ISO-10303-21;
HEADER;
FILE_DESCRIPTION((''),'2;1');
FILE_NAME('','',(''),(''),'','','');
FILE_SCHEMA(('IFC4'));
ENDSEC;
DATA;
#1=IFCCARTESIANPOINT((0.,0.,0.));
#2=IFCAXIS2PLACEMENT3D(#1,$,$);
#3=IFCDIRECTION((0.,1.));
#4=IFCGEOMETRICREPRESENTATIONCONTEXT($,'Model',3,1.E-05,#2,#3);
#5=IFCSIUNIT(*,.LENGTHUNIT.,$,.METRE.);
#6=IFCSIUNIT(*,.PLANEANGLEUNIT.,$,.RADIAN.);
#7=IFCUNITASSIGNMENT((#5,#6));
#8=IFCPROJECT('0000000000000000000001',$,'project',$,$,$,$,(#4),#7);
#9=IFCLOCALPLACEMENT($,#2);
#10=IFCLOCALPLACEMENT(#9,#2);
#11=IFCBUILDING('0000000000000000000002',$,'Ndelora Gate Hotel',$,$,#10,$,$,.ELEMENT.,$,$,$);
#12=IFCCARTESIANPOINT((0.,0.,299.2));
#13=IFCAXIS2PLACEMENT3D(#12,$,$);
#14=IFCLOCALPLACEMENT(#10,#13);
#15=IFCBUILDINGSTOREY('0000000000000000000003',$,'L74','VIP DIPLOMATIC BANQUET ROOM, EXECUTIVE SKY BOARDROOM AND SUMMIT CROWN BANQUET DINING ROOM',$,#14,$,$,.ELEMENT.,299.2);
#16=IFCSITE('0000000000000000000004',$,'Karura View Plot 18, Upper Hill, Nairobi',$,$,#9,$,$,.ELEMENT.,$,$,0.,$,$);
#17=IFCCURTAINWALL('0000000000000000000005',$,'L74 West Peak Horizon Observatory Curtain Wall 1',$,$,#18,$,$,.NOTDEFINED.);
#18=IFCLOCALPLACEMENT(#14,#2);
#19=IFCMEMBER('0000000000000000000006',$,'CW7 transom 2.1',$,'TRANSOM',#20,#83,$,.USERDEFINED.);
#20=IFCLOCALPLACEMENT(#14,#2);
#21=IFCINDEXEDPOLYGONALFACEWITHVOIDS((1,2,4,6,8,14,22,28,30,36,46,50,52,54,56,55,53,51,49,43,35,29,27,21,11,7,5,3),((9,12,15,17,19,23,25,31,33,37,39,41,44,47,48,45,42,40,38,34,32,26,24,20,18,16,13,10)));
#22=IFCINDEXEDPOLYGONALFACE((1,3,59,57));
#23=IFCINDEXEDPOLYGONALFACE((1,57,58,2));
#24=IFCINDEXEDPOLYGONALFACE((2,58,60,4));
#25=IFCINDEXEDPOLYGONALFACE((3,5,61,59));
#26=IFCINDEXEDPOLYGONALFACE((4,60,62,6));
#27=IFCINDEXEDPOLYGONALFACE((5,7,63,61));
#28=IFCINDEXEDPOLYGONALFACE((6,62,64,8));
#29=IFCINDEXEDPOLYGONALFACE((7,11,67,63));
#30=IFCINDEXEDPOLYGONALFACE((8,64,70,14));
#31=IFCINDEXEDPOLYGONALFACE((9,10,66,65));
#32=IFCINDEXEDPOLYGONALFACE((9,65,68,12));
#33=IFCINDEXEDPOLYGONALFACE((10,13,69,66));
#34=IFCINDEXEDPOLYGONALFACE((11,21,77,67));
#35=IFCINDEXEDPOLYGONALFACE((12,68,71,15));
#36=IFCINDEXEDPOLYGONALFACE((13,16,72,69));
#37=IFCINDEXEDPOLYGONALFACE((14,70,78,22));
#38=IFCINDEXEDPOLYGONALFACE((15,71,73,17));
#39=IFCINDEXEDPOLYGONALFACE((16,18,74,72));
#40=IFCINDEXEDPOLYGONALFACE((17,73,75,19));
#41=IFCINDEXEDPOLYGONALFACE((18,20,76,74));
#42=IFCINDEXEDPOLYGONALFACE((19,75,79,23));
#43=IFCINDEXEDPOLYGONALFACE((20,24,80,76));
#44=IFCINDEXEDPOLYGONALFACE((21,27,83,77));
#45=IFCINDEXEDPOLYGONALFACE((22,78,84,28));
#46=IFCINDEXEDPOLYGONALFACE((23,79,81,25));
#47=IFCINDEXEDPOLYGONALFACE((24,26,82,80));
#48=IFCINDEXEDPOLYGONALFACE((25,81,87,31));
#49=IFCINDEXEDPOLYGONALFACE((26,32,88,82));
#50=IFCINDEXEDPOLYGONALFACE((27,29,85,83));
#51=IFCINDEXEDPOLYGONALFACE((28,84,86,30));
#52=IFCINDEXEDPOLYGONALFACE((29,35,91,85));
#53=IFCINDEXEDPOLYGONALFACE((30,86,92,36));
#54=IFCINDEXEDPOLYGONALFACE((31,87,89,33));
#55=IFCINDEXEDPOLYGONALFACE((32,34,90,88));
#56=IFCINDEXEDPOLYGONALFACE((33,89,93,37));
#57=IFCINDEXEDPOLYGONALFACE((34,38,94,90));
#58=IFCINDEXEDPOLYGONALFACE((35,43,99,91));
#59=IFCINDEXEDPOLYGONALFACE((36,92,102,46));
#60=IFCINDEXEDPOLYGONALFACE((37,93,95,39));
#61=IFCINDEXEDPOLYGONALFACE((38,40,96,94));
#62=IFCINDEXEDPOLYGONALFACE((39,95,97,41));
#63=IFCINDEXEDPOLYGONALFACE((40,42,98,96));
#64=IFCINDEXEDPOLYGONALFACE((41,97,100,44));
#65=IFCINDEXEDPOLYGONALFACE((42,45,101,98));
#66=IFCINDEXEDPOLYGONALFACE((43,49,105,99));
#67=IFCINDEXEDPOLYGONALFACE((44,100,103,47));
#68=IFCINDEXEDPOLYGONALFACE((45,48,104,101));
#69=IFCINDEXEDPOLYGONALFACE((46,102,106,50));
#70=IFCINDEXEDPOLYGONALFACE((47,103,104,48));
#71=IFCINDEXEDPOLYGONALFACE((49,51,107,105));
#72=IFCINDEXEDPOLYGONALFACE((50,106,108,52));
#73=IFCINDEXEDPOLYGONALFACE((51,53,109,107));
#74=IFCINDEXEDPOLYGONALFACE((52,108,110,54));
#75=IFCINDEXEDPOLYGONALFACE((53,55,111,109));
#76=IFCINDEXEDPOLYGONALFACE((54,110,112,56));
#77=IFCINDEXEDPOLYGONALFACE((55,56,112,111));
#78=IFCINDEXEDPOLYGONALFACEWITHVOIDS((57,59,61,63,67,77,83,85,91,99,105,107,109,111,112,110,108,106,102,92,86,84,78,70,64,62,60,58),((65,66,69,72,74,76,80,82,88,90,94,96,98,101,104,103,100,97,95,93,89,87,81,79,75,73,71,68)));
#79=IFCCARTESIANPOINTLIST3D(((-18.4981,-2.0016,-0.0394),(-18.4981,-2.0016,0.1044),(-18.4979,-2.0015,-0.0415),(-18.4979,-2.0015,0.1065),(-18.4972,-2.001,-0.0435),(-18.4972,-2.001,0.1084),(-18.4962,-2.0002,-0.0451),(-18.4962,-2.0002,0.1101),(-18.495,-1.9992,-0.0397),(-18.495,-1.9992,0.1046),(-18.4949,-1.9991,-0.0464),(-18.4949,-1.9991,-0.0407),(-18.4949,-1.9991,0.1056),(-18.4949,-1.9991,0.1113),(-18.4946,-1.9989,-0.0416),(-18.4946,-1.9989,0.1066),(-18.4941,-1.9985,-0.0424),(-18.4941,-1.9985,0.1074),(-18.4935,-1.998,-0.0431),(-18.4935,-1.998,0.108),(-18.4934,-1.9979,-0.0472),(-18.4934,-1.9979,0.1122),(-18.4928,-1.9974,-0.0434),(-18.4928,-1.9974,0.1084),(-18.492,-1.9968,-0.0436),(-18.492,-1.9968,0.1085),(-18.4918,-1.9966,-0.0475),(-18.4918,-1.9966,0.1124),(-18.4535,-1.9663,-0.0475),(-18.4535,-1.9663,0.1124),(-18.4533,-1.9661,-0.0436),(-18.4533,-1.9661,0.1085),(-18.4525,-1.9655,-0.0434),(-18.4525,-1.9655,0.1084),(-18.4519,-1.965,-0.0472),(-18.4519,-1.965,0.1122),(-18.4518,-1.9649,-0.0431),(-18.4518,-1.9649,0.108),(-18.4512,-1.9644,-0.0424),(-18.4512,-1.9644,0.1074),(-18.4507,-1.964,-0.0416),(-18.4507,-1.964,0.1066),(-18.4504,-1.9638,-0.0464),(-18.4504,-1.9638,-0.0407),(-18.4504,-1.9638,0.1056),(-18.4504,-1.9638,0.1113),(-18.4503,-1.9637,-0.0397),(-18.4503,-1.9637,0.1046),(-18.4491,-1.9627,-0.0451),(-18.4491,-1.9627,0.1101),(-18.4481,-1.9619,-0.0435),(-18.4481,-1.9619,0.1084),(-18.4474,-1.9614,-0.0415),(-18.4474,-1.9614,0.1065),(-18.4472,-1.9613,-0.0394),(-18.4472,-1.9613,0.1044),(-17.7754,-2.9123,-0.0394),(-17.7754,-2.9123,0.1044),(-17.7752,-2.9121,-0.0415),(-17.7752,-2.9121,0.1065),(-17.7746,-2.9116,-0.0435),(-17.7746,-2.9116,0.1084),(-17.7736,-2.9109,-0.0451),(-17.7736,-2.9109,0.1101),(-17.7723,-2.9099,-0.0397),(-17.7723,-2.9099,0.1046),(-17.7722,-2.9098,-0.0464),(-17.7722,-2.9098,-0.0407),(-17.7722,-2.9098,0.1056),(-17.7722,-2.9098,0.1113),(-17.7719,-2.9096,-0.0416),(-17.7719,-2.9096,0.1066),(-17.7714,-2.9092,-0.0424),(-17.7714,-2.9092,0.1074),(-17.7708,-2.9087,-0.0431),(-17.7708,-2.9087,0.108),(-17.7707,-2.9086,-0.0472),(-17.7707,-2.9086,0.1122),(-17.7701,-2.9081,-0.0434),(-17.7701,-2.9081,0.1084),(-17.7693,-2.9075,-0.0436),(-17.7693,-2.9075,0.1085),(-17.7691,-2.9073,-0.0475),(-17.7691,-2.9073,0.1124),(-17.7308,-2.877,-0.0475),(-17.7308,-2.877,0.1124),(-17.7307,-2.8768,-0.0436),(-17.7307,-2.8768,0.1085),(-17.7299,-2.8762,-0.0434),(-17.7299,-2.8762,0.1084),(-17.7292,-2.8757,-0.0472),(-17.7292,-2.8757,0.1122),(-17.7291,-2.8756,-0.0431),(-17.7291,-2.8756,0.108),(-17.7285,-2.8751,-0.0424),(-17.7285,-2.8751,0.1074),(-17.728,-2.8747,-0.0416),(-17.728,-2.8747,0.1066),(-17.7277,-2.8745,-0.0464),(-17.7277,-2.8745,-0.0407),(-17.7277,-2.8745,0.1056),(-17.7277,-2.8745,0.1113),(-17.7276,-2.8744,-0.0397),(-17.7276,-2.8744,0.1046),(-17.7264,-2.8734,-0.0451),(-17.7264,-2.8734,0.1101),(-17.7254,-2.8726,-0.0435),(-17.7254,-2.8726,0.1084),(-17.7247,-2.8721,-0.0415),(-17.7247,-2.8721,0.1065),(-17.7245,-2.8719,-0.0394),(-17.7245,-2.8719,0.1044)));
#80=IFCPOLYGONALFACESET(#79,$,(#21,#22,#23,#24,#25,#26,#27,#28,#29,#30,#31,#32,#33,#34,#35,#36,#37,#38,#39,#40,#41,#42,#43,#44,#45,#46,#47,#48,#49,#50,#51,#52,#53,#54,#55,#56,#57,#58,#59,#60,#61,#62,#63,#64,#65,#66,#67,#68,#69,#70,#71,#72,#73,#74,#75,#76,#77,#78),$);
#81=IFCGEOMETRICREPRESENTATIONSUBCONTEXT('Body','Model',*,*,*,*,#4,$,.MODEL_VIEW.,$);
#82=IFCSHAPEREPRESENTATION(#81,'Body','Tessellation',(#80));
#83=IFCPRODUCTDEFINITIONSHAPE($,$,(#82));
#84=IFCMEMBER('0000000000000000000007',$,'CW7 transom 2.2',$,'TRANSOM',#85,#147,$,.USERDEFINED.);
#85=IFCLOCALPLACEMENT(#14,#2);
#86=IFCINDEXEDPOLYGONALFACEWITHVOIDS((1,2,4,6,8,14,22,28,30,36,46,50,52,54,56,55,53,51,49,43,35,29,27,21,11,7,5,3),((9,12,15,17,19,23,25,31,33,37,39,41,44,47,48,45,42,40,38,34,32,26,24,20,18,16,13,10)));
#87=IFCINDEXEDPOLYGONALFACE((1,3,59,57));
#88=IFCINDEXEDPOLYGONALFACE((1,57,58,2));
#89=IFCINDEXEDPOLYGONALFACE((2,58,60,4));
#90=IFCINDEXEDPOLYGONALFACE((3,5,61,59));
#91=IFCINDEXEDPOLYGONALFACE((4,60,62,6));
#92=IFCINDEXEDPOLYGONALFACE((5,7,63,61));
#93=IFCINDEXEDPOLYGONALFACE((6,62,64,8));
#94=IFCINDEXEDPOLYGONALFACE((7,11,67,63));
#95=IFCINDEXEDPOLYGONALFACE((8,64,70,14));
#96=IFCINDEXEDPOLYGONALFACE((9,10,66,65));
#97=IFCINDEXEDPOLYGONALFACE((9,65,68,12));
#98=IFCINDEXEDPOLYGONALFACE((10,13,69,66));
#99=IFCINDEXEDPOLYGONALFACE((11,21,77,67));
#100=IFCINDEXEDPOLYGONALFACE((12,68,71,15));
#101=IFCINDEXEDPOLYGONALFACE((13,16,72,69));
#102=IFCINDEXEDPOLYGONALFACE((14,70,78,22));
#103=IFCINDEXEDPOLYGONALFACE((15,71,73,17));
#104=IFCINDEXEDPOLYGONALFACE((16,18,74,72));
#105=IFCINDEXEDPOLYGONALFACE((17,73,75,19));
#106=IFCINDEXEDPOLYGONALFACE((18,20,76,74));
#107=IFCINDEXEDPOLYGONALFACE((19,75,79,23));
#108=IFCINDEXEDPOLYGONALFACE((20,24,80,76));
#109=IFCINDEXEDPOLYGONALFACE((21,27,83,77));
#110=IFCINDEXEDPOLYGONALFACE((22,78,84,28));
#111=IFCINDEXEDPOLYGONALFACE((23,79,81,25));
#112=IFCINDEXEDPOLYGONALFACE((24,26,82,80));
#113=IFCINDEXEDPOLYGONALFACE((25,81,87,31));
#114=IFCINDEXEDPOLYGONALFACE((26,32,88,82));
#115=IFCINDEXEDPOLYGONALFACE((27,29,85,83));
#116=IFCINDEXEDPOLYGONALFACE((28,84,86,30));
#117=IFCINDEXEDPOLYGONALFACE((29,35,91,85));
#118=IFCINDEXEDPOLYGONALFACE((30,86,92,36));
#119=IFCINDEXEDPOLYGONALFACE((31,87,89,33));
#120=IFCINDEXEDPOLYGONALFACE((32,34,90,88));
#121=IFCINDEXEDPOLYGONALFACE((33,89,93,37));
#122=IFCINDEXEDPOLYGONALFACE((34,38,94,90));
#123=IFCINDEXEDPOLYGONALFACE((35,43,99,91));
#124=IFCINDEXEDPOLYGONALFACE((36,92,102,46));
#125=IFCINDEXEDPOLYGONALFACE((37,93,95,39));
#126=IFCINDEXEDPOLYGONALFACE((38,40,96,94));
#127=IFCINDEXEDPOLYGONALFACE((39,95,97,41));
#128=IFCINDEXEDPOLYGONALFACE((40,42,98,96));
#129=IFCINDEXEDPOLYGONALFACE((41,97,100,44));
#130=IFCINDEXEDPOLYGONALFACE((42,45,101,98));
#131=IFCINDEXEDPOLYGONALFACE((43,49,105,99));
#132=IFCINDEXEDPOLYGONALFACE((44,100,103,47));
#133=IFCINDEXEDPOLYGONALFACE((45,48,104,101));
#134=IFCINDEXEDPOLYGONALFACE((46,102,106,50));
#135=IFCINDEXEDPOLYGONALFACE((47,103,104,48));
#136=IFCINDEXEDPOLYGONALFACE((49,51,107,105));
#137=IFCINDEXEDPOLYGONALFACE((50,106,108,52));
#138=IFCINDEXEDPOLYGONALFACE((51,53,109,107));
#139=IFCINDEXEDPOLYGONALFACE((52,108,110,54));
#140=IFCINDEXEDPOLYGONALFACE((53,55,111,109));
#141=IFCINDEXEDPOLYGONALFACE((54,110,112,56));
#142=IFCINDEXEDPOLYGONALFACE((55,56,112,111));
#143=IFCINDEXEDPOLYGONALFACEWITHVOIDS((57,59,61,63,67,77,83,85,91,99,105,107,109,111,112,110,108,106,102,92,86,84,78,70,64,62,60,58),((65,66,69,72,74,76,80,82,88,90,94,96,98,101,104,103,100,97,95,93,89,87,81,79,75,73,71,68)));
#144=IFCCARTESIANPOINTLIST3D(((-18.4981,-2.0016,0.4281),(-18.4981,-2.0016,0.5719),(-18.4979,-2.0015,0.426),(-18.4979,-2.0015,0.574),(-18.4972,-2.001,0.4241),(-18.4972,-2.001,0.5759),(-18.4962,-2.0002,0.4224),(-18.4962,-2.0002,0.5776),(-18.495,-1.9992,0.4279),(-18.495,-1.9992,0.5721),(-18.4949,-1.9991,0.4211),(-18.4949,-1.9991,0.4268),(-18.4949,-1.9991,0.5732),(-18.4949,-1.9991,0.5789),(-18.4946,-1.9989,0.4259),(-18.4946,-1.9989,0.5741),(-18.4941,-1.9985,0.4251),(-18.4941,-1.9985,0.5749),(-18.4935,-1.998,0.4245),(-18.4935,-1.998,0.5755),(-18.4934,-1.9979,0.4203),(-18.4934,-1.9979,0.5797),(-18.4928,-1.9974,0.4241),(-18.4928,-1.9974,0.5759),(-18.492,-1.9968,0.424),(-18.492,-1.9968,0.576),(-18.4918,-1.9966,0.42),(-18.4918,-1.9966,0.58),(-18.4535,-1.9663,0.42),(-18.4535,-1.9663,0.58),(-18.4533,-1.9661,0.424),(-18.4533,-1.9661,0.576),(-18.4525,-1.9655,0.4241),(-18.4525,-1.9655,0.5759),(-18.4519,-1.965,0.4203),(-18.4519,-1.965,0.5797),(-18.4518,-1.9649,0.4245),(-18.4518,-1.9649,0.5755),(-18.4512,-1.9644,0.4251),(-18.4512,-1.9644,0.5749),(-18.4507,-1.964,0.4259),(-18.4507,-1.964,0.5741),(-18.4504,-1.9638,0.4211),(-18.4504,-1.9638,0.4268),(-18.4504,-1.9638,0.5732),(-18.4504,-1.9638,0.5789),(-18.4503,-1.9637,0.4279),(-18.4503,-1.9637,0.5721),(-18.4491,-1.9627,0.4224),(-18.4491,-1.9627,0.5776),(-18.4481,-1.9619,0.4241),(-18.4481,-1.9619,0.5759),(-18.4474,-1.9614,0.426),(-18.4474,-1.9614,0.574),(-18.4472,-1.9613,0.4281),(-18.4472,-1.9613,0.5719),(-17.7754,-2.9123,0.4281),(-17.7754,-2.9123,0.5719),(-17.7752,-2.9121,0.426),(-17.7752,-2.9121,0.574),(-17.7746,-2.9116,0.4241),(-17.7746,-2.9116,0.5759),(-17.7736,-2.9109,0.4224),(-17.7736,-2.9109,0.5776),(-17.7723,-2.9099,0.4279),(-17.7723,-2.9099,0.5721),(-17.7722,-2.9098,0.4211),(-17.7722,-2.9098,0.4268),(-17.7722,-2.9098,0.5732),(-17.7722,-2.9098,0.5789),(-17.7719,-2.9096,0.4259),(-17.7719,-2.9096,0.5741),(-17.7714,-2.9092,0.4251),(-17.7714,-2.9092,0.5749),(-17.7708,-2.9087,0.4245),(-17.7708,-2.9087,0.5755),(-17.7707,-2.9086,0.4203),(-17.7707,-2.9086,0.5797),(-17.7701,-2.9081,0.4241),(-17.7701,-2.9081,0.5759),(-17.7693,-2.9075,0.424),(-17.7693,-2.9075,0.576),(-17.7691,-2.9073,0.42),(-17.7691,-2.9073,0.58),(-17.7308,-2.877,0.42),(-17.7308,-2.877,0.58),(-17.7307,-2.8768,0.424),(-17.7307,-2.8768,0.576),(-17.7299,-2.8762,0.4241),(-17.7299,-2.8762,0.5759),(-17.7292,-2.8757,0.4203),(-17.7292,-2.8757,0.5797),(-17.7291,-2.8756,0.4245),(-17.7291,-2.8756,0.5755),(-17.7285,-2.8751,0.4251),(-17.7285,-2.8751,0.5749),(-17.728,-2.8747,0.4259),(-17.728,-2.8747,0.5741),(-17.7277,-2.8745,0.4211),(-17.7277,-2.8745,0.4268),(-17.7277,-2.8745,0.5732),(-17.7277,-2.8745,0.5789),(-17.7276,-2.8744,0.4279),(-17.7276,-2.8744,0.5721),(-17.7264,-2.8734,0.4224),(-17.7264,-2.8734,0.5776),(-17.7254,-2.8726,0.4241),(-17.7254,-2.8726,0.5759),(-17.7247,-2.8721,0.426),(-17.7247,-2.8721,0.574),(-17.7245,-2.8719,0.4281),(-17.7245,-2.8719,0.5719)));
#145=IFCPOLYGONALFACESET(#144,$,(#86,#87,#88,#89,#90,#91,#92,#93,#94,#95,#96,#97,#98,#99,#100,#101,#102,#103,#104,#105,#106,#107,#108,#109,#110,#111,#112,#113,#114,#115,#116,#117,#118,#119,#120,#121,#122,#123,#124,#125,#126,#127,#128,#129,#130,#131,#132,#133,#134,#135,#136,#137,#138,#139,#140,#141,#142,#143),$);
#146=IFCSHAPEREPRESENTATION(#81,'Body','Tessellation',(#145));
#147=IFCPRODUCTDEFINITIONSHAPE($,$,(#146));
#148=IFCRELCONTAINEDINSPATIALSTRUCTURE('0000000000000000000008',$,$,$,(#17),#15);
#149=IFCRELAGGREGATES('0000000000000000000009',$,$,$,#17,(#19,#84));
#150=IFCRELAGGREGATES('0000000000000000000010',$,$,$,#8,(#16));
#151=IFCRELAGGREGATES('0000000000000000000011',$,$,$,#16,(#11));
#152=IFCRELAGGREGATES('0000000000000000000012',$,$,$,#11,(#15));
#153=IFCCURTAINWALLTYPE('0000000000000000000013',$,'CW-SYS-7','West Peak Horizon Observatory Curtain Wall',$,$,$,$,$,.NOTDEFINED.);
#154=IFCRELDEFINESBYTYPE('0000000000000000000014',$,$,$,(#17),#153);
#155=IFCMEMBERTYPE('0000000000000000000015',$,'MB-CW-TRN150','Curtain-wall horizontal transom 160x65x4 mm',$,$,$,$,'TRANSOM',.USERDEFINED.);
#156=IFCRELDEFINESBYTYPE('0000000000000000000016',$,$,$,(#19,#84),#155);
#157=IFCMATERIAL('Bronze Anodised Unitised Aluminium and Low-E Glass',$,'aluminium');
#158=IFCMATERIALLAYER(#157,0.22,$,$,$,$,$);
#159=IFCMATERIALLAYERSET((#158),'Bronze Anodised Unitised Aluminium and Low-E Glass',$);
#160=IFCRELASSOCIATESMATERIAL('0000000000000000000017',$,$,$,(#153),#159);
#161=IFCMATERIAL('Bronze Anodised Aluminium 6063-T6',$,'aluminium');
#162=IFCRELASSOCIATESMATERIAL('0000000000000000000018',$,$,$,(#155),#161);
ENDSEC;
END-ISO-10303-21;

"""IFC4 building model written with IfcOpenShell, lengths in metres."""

from ifc_helpers import new_model, si_unit, direction, frame, origin, origin_2d, place, context, subcontext, project, spatial, hollow_rectangle, extrude, material, layer, layer_set, material_profile, profile_set, type_object, element, aggregate, save


model = new_model("IFC4")

# Units and contexts
model_context = context("Model", 3, precision=1e-05, world=origin(), true_north=direction((0.0, 1.0)))
body_context = subcontext(model_context, "Body", "Model", "MODEL_VIEW")
ifc_project = project(units=[si_unit("LENGTHUNIT", "METRE"), si_unit("PLANEANGLEUNIT", "RADIAN")], contexts=[model_context])

# Site, building, storey
site_placement = place(None, origin())
site = spatial("IfcSite", under=ifc_project, at=site_placement, Name="Karura View Plot 18, Upper Hill, Nairobi", CompositionType="ELEMENT", RefElevation=0.0)
building_placement = place(site_placement, origin())
building = spatial("IfcBuilding", under=site, at=building_placement, Name="Ndelora Gate Hotel", CompositionType="ELEMENT")
storey_placement = place(building_placement, frame((0.0, 0.0, 299.2)))
storey = spatial("IfcBuildingStorey", under=building, at=storey_placement, Name="L74", Description="VIP DIPLOMATIC BANQUET ROOM, EXECUTIVE SKY BOARDROOM AND SUMMIT CROWN BANQUET DINING ROOM", CompositionType="ELEMENT", Elevation=299.2)

# Curtain wall
ifc_material_1 = material(Name="Bronze Anodised Unitised Aluminium and Low-E Glass", Category="aluminium")
ifc_layer_1 = layer(ifc_material_1, 0.22)
ifc_layer_set_1 = layer_set([ifc_layer_1], Name="Bronze Anodised Unitised Aluminium and Low-E Glass")
curtain_wall_type = type_object("IfcCurtainWallType", Name="CW-SYS-7", Description="West Peak Horizon Observatory Curtain Wall", PredefinedType="NOTDEFINED", material=ifc_layer_set_1)
curtain_wall_1_placement = place(storey_placement, origin())
curtain_wall_1 = element("IfcCurtainWall", 1, at=curtain_wall_1_placement, inside=storey, type_object=curtain_wall_type, Name="L74 West Peak Horizon Observatory Curtain Wall 1", PredefinedType="NOTDEFINED")
ifc_material_2 = material(Name="Bronze Anodised Aluminium 6063-T6", Category="aluminium")

# Members
ifc_material_profile_1 = material_profile(ifc_material_2, hollow_rectangle(XDim=0.0649, YDim=0.1599, WallThickness=0.0039, InnerFilletRadius=0.0039, OuterFilletRadius=0.0081, at=origin_2d()), Name="ALU 160x65x4")
ifc_profile_set_1 = profile_set([ifc_material_profile_1], Name="Bronze Anodised Aluminium 6063-T6")
member_type_1 = type_object("IfcMemberType", Name="MB-CW-TRN150", Description="Curtain-wall horizontal transom 160x65x4 mm", ElementType="TRANSOM", PredefinedType="USERDEFINED", material=ifc_profile_set_1)
member_1_placement = place(storey_placement, frame((-18.4727, -1.9814, 0.0325), z_axis=(0.621617, -0.783321, 0.0), x_axis=(0.783321, 0.621617, 0.0)))
member_1 = element("IfcMember", 2, at=member_1_placement, type_object=member_type_1, Name="CW7 transom 2.1", ObjectType="TRANSOM", PredefinedType="USERDEFINED", context=body_context, shape_type="SweptSolid", body=[
    extrude(hollow_rectangle(XDim=0.0649, YDim=0.1599, WallThickness=0.0039, InnerFilletRadius=0.0039, OuterFilletRadius=0.0081, at=origin_2d()), origin(), (0.0, 0.0, 1.0), 1.1626),
])
member_2_placement = place(storey_placement, frame((-18.4727, -1.9814, 0.5), z_axis=(0.621617, -0.783321, 0.0), x_axis=(0.783321, 0.621617, 0.0)))
member_2 = element("IfcMember", 3, at=member_2_placement, type_object=member_type_1, Name="CW7 transom 2.2", ObjectType="TRANSOM", PredefinedType="USERDEFINED", context=body_context, shape_type="SweptSolid", body=[
    extrude(hollow_rectangle(XDim=0.0649, YDim=0.1599, WallThickness=0.0039, InnerFilletRadius=0.0039, OuterFilletRadius=0.0081, at=origin_2d()), origin(), (0.0, 0.0, 1.0), 1.1626),
])

aggregate(curtain_wall_1, [member_1, member_2])

save(model, "model.ifc")
